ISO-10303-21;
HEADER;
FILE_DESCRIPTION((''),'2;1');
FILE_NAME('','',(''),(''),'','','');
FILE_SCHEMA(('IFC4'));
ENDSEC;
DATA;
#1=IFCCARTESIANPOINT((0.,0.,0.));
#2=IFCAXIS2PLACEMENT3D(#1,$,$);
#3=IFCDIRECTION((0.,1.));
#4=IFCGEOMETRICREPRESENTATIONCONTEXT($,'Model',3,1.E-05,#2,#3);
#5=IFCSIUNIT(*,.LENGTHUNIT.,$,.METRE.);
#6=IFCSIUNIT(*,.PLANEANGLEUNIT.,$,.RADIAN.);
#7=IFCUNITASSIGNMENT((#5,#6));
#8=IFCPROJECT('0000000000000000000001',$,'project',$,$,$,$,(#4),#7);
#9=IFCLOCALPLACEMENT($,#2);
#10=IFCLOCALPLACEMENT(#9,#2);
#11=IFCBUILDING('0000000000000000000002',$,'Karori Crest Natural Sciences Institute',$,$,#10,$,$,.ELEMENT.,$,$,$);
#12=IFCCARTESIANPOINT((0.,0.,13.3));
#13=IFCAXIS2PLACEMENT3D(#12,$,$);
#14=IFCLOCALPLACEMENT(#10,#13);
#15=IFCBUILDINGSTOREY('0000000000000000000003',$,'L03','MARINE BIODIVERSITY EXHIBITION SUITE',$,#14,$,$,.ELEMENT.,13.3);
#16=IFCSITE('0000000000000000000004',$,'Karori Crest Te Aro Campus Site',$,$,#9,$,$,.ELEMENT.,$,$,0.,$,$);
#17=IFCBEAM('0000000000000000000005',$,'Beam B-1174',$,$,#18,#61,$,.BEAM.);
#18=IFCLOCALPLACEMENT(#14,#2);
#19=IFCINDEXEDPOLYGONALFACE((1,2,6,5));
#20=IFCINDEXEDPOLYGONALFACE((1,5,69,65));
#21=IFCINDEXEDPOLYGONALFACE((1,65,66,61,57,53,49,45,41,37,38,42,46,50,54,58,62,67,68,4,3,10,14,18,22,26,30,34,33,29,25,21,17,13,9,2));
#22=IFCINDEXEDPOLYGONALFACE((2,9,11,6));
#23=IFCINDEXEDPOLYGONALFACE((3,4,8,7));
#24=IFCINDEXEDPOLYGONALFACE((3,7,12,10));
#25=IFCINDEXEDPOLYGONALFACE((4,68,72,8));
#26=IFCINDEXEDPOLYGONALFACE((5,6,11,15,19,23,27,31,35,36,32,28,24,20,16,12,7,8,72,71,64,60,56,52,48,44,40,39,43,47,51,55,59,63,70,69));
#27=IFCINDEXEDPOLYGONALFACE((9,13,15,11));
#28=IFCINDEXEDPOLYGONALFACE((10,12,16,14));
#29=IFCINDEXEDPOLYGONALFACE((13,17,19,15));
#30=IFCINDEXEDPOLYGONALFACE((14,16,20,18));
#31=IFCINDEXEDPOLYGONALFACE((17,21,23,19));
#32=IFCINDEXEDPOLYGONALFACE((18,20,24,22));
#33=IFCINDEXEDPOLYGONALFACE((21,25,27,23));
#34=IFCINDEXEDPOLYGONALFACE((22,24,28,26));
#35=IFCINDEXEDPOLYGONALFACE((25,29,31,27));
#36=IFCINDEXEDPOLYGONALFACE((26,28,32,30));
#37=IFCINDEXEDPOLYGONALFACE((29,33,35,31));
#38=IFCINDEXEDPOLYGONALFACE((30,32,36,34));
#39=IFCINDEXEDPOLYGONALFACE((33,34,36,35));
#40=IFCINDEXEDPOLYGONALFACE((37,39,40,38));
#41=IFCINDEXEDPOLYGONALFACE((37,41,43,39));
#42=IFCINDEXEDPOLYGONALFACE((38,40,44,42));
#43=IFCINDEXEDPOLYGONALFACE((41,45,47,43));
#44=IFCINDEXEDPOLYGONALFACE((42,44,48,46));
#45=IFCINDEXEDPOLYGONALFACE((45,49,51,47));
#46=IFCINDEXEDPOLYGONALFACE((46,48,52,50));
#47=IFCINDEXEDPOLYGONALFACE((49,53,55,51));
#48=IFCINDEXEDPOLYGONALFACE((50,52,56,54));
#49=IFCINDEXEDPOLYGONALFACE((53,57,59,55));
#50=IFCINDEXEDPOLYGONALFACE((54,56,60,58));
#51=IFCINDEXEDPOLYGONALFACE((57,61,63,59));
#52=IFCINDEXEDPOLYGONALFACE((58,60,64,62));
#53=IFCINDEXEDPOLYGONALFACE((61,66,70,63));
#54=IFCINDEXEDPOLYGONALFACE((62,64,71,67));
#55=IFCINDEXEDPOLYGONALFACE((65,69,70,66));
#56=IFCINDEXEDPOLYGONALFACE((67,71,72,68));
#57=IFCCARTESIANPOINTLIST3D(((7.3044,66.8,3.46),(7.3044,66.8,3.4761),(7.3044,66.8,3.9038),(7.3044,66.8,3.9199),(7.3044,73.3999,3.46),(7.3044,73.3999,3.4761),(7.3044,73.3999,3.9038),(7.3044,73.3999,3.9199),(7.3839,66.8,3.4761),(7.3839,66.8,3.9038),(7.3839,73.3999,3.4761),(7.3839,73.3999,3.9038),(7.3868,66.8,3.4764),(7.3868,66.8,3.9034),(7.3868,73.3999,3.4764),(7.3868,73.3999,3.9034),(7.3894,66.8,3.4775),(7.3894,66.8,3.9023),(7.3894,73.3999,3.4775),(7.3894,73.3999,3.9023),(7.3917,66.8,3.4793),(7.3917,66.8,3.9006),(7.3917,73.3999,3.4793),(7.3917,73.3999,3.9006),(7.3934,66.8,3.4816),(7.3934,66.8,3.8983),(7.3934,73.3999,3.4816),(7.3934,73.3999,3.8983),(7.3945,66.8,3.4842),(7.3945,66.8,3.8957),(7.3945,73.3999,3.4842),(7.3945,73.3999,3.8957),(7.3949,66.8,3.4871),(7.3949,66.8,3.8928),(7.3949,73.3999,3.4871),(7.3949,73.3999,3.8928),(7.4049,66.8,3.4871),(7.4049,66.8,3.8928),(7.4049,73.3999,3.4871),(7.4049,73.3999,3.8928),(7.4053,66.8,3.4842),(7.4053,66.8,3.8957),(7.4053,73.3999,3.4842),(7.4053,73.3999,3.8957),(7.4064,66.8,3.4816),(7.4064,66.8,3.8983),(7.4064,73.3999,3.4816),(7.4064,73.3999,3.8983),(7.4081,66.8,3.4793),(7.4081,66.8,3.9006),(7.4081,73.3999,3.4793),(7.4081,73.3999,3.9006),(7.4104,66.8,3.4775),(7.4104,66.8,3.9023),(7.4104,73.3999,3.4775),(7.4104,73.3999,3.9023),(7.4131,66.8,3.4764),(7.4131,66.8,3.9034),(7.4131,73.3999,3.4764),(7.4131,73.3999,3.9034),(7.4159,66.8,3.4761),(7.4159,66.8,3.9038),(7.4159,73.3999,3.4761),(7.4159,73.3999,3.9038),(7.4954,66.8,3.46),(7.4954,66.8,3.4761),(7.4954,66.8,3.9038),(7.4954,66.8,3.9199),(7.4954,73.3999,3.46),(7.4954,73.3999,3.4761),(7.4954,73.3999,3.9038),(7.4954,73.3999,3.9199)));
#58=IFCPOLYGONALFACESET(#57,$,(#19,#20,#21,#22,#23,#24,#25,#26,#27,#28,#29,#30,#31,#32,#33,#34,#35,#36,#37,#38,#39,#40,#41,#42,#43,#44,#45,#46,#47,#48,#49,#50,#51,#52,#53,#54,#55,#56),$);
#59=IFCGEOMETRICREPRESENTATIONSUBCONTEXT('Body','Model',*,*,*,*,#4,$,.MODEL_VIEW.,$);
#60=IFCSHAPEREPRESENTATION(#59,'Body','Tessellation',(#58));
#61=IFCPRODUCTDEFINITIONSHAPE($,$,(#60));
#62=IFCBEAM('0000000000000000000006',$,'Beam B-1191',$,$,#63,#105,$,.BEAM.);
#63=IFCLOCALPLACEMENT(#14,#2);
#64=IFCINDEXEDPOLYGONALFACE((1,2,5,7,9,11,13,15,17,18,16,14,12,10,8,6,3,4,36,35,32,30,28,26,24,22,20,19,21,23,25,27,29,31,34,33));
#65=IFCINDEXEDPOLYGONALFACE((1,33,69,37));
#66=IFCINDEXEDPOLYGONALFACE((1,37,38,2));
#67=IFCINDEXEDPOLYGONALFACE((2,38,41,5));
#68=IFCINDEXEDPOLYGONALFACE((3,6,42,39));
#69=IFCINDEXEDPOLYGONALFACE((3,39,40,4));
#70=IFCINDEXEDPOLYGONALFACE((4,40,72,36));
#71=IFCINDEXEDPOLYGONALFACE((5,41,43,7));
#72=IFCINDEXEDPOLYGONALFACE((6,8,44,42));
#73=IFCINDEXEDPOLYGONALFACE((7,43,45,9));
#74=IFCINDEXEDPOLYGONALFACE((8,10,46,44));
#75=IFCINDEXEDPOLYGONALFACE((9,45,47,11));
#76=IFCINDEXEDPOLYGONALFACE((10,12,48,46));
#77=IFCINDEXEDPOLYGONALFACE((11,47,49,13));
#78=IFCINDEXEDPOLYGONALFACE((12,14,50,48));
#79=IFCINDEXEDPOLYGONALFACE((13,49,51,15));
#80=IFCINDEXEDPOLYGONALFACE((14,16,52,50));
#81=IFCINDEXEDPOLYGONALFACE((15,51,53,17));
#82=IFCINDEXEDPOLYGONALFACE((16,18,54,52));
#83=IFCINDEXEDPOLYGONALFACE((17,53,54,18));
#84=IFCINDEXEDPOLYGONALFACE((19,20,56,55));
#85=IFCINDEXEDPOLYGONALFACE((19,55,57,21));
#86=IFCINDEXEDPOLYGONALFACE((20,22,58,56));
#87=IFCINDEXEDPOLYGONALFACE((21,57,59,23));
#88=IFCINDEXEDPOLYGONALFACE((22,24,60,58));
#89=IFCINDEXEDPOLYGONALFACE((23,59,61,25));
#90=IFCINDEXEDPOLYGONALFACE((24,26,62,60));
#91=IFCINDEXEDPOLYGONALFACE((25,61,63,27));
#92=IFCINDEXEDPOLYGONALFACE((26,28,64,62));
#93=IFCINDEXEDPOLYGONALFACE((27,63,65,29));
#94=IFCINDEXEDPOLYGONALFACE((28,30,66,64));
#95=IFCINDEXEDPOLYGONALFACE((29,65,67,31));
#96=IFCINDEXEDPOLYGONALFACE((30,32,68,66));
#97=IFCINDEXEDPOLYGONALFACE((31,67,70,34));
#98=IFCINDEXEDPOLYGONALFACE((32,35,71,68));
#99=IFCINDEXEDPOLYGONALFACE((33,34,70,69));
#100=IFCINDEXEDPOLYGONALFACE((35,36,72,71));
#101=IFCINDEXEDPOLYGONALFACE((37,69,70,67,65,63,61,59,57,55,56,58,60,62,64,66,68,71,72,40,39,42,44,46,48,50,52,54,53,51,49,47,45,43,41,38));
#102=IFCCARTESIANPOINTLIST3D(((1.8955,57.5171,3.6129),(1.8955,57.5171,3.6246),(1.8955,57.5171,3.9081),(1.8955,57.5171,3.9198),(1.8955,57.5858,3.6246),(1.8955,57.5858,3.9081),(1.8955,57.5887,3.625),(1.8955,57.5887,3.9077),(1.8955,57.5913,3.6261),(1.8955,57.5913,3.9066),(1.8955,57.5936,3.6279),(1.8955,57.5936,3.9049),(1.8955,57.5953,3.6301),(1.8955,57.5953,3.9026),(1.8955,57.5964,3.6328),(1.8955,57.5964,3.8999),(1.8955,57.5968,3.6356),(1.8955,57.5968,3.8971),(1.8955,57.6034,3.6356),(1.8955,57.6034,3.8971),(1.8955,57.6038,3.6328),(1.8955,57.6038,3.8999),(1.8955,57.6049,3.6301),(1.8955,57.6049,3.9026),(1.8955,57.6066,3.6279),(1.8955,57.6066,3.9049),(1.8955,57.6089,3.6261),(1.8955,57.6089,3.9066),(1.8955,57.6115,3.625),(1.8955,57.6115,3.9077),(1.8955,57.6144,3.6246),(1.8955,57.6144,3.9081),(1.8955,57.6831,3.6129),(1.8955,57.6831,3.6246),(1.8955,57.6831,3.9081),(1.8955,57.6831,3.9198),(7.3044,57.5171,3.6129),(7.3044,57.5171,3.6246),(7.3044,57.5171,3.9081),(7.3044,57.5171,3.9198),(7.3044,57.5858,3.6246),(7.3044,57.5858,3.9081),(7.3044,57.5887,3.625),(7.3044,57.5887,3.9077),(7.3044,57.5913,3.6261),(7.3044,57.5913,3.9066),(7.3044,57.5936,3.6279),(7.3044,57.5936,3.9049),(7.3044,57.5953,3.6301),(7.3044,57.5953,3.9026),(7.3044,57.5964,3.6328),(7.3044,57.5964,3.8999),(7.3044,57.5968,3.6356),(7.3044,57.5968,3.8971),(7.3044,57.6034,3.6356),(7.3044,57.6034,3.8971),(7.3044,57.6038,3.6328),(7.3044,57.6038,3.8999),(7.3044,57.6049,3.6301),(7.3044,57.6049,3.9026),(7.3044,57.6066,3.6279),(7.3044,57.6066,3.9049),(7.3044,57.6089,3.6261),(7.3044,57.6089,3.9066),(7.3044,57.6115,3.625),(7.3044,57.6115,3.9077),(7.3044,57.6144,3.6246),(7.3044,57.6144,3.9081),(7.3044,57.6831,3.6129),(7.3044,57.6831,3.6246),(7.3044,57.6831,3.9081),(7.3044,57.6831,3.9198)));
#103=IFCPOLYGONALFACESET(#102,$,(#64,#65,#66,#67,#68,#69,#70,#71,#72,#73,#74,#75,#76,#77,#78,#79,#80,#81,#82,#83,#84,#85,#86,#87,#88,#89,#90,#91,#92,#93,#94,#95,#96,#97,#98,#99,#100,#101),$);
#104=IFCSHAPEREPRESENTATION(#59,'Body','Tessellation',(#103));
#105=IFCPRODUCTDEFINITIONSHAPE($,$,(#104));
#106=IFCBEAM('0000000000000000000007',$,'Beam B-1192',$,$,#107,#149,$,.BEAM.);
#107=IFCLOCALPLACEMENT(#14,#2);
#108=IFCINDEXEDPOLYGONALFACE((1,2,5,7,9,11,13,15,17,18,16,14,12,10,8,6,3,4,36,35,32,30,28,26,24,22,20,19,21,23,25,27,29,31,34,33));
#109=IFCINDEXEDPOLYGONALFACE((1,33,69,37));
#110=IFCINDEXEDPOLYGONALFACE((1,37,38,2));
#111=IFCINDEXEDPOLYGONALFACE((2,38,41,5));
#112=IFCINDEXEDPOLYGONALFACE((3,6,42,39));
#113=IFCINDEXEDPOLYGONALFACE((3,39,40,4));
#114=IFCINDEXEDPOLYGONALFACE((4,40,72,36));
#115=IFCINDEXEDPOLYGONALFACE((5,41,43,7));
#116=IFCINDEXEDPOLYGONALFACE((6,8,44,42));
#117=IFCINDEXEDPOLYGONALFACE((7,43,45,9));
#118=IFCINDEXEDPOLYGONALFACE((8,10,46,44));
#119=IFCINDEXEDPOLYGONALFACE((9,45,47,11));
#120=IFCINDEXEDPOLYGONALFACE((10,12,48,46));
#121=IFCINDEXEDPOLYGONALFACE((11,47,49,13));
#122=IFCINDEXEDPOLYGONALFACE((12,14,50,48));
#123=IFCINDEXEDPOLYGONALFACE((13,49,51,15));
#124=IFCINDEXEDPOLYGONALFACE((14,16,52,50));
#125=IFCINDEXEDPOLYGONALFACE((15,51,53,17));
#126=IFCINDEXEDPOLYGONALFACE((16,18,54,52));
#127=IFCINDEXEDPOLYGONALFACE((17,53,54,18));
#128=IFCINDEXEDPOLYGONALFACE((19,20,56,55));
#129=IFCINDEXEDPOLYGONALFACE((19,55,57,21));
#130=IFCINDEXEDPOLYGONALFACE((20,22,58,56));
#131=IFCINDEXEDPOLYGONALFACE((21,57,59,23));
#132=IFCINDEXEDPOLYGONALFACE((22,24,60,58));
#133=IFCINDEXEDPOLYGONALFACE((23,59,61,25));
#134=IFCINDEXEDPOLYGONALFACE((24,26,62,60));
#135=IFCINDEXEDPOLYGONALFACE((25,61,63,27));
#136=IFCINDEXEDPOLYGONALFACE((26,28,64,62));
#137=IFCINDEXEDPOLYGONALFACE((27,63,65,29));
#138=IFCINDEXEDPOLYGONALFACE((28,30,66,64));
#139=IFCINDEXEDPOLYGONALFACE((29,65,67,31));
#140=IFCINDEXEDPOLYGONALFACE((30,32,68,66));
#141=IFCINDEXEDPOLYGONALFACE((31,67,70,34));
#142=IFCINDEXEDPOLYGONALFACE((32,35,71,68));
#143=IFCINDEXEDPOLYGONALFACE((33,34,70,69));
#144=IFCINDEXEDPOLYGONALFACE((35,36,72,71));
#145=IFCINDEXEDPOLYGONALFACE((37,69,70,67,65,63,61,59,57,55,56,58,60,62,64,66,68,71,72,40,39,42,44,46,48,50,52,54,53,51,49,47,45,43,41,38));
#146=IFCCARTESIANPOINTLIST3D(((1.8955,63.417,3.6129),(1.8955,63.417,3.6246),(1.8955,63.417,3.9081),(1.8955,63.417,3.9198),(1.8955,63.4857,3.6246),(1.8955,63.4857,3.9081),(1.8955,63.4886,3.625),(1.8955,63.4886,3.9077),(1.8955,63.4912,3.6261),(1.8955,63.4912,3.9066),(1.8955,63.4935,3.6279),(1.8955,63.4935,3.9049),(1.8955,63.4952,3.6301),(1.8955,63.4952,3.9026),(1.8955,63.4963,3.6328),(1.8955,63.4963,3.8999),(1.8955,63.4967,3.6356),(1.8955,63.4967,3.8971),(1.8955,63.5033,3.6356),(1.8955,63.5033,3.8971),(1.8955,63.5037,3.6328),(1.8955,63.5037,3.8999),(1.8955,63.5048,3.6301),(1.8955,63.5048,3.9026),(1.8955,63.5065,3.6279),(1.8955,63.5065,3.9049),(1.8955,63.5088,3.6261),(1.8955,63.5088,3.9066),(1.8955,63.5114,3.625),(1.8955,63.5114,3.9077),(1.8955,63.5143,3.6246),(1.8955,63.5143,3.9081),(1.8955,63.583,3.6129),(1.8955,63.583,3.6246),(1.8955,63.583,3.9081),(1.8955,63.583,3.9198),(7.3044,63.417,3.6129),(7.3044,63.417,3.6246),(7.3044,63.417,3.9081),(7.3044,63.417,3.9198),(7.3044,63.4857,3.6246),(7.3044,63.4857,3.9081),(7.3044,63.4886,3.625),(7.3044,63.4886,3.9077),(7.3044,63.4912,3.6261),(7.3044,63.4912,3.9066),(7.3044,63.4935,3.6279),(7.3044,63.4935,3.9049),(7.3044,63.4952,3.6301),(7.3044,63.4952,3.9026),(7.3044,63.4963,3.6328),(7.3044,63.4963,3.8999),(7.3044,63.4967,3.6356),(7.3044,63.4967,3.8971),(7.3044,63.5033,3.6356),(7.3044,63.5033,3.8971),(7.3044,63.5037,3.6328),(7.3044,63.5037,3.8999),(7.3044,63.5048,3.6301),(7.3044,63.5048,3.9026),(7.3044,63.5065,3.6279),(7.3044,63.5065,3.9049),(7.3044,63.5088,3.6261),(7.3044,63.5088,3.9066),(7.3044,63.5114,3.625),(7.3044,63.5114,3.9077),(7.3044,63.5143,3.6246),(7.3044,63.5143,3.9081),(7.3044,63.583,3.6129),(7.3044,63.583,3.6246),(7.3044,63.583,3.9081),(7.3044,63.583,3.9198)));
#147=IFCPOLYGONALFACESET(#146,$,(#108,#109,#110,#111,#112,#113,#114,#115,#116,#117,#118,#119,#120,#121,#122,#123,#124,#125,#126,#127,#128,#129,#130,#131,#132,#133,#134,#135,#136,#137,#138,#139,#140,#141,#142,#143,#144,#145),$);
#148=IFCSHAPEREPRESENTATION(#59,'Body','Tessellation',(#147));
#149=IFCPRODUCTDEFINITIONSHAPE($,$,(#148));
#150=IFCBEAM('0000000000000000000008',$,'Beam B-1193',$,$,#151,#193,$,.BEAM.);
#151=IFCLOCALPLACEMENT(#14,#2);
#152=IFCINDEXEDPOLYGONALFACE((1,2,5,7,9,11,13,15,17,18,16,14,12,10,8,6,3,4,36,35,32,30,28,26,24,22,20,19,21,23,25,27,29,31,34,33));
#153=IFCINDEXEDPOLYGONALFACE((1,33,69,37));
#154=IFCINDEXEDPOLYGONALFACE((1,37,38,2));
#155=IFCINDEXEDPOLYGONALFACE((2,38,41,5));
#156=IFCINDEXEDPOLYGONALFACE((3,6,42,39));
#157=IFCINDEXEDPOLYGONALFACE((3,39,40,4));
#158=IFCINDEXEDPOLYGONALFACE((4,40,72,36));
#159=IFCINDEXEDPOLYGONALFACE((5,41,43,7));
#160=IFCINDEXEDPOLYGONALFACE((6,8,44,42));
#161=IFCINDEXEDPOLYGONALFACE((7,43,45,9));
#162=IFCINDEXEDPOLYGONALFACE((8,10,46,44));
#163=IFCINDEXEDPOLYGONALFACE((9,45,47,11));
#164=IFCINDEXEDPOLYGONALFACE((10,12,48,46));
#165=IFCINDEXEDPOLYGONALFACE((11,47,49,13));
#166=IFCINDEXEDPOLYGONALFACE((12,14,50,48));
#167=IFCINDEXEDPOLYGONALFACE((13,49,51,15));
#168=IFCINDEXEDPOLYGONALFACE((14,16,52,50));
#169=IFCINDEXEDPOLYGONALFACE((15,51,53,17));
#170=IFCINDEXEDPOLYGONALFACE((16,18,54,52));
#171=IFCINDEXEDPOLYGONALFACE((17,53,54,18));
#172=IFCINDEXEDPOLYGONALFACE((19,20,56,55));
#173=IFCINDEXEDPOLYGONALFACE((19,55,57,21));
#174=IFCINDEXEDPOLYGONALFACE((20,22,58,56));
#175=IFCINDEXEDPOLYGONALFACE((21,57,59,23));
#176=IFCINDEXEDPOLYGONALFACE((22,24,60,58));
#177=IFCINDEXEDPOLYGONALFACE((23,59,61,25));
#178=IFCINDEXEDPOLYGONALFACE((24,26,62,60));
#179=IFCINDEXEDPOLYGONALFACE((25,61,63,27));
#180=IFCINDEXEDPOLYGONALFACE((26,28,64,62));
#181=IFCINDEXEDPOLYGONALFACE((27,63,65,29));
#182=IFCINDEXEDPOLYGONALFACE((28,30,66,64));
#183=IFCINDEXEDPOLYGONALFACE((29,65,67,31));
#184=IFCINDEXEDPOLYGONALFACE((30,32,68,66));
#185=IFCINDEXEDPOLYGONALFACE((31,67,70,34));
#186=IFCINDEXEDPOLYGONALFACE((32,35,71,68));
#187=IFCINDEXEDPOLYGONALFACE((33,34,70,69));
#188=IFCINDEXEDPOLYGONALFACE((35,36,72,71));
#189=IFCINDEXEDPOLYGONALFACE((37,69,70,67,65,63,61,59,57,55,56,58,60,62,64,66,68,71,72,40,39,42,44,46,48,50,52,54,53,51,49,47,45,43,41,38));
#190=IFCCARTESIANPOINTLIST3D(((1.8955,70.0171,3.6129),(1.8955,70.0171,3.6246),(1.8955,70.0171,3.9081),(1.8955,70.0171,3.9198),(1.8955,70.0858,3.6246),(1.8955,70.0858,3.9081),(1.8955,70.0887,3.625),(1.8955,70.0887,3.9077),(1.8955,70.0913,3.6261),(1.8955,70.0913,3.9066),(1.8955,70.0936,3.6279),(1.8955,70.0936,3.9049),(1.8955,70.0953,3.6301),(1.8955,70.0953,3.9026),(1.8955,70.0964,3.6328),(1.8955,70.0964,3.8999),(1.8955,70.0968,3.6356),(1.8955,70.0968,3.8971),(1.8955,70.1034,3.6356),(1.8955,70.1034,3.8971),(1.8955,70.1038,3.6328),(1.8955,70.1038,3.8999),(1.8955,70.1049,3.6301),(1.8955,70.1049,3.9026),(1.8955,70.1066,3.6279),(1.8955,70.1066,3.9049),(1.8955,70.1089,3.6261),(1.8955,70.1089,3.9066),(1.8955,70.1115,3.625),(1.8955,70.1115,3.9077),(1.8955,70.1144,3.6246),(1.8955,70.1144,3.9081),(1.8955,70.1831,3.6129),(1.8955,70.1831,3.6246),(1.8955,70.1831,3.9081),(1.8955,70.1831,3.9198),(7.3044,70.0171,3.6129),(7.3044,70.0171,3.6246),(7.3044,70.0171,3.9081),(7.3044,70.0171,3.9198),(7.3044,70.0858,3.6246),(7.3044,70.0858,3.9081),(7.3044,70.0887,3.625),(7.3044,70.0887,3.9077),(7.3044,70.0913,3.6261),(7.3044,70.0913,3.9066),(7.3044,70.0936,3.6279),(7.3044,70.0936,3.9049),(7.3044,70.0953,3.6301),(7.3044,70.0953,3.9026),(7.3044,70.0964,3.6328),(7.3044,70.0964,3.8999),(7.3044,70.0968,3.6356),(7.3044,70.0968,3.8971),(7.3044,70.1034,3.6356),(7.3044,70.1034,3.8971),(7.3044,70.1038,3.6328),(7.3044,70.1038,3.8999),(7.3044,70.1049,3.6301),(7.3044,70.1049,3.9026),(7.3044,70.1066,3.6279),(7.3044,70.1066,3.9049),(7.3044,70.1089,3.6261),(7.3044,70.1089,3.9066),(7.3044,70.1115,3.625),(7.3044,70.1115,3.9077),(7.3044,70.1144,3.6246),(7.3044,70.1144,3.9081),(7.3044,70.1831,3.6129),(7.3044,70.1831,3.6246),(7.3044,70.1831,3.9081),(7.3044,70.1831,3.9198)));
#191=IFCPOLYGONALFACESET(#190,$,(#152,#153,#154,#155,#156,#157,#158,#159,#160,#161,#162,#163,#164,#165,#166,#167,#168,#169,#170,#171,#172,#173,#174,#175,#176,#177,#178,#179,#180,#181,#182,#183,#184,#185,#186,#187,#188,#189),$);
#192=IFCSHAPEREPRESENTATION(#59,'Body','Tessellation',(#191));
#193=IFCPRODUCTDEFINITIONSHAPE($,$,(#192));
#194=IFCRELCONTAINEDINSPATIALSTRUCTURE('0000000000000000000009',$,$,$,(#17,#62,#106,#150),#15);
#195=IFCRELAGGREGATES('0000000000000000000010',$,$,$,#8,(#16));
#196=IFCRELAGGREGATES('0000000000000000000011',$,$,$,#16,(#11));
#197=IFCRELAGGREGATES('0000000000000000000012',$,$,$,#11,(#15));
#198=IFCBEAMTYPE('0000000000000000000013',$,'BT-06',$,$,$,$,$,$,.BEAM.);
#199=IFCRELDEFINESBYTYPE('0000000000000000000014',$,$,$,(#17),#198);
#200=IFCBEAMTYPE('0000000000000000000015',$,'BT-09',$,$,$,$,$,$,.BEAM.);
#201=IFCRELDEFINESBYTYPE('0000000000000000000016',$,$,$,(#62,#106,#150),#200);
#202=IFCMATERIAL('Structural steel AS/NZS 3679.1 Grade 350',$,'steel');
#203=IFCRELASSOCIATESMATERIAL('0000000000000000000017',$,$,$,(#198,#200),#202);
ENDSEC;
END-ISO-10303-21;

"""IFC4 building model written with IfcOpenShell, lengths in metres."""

from ifc_helpers import new_model, si_unit, direction, frame, origin, origin_2d, place, context, subcontext, project, spatial, i_section, extrude, material, material_profile, profile_set, type_object, element, save


model = new_model("IFC4")

# Units and contexts
model_context = context("Model", 3, precision=1e-05, world=origin(), true_north=direction((0.0, 1.0)))
body_context = subcontext(model_context, "Body", "Model", "MODEL_VIEW")
ifc_project = project(units=[si_unit("LENGTHUNIT", "METRE"), si_unit("PLANEANGLEUNIT", "RADIAN")], contexts=[model_context])

# Site, building, storey
site_placement = place(None, origin())
site = spatial("IfcSite", under=ifc_project, at=site_placement, Name="Karori Crest Te Aro Campus Site", CompositionType="ELEMENT", RefElevation=0.0)
building_placement = place(site_placement, origin())
building = spatial("IfcBuilding", under=site, at=building_placement, Name="Karori Crest Natural Sciences Institute", CompositionType="ELEMENT")
storey_placement = place(building_placement, frame((0.0, 0.0, 13.3)))
storey = spatial("IfcBuildingStorey", under=building, at=storey_placement, Name="L03", Description="MARINE BIODIVERSITY EXHIBITION SUITE", CompositionType="ELEMENT", Elevation=13.3)

# Shared definitions
ifc_material_1 = material(Name="Structural steel AS/NZS 3679.1 Grade 350", Category="steel")

# Beams
ifc_material_profile_1 = material_profile(ifc_material_1, i_section(OverallWidth=0.1909, OverallDepth=0.46, WebThickness=0.01, FlangeThickness=0.0161, FilletRadius=0.011, at=origin_2d()), Name="460UB82.1")
ifc_profile_set_1 = profile_set([ifc_material_profile_1], Name="Structural steel AS/NZS 3679.1 Grade 350")
beam_type_1 = type_object("IfcBeamType", Name="BT-06", PredefinedType="BEAM", material=ifc_profile_set_1)
beam_1_placement = place(storey_placement, frame((7.3999, 66.8, 3.6899), z_axis=(0.0, 1.0, 0.0), x_axis=(-1.0, 0.0, 0.0)))
element("IfcBeam", 1, at=beam_1_placement, inside=storey, type_object=beam_type_1, Name="Beam B-1174", PredefinedType="BEAM", context=body_context, shape_type="SweptSolid", body=[
    extrude(i_section(OverallWidth=0.1909, OverallDepth=0.46, WebThickness=0.01, FlangeThickness=0.0161, FilletRadius=0.011, at=origin_2d()), origin(), (0.0, 0.0, 1.0), 6.5999),
])
ifc_material_profile_2 = material_profile(ifc_material_1, i_section(OverallWidth=0.166, OverallDepth=0.3069, WebThickness=0.0066, FlangeThickness=0.0117, FilletRadius=0.011, at=origin_2d()), Name="310UB46.2")
ifc_profile_set_2 = profile_set([ifc_material_profile_2], Name="Structural steel AS/NZS 3679.1 Grade 350")
beam_type_2 = type_object("IfcBeamType", Name="BT-09", PredefinedType="BEAM", material=ifc_profile_set_2)
for number, where, z_axis, x_axis, name in (
    (2, (1.8955, 57.6001, 3.7664), (1.0, 0.0, 0.0), (0.0, 1.0, 0.0), "Beam B-1191"),
    (3, (1.8955, 63.5, 3.7664), (1.0, 0.0, 0.0), (0.0, 1.0, 0.0), "Beam B-1192"),
    (4, (1.8955, 70.1001, 3.7664), (1.0, 0.0, 0.0), (0.0, 1.0, 0.0), "Beam B-1193"),
):
    element("IfcBeam", number, at=place(storey_placement, frame(where, z_axis=z_axis, x_axis=x_axis)), inside=storey, type_object=beam_type_2, Name=name, PredefinedType="BEAM", context=body_context, shape_type="SweptSolid", body=[
        extrude(i_section(OverallWidth=0.166, OverallDepth=0.3069, WebThickness=0.0066, FlangeThickness=0.0117, FilletRadius=0.011, at=origin_2d()), origin(), (0.0, 0.0, 1.0), 5.4089),
    ])

save(model, "model.ifc")
